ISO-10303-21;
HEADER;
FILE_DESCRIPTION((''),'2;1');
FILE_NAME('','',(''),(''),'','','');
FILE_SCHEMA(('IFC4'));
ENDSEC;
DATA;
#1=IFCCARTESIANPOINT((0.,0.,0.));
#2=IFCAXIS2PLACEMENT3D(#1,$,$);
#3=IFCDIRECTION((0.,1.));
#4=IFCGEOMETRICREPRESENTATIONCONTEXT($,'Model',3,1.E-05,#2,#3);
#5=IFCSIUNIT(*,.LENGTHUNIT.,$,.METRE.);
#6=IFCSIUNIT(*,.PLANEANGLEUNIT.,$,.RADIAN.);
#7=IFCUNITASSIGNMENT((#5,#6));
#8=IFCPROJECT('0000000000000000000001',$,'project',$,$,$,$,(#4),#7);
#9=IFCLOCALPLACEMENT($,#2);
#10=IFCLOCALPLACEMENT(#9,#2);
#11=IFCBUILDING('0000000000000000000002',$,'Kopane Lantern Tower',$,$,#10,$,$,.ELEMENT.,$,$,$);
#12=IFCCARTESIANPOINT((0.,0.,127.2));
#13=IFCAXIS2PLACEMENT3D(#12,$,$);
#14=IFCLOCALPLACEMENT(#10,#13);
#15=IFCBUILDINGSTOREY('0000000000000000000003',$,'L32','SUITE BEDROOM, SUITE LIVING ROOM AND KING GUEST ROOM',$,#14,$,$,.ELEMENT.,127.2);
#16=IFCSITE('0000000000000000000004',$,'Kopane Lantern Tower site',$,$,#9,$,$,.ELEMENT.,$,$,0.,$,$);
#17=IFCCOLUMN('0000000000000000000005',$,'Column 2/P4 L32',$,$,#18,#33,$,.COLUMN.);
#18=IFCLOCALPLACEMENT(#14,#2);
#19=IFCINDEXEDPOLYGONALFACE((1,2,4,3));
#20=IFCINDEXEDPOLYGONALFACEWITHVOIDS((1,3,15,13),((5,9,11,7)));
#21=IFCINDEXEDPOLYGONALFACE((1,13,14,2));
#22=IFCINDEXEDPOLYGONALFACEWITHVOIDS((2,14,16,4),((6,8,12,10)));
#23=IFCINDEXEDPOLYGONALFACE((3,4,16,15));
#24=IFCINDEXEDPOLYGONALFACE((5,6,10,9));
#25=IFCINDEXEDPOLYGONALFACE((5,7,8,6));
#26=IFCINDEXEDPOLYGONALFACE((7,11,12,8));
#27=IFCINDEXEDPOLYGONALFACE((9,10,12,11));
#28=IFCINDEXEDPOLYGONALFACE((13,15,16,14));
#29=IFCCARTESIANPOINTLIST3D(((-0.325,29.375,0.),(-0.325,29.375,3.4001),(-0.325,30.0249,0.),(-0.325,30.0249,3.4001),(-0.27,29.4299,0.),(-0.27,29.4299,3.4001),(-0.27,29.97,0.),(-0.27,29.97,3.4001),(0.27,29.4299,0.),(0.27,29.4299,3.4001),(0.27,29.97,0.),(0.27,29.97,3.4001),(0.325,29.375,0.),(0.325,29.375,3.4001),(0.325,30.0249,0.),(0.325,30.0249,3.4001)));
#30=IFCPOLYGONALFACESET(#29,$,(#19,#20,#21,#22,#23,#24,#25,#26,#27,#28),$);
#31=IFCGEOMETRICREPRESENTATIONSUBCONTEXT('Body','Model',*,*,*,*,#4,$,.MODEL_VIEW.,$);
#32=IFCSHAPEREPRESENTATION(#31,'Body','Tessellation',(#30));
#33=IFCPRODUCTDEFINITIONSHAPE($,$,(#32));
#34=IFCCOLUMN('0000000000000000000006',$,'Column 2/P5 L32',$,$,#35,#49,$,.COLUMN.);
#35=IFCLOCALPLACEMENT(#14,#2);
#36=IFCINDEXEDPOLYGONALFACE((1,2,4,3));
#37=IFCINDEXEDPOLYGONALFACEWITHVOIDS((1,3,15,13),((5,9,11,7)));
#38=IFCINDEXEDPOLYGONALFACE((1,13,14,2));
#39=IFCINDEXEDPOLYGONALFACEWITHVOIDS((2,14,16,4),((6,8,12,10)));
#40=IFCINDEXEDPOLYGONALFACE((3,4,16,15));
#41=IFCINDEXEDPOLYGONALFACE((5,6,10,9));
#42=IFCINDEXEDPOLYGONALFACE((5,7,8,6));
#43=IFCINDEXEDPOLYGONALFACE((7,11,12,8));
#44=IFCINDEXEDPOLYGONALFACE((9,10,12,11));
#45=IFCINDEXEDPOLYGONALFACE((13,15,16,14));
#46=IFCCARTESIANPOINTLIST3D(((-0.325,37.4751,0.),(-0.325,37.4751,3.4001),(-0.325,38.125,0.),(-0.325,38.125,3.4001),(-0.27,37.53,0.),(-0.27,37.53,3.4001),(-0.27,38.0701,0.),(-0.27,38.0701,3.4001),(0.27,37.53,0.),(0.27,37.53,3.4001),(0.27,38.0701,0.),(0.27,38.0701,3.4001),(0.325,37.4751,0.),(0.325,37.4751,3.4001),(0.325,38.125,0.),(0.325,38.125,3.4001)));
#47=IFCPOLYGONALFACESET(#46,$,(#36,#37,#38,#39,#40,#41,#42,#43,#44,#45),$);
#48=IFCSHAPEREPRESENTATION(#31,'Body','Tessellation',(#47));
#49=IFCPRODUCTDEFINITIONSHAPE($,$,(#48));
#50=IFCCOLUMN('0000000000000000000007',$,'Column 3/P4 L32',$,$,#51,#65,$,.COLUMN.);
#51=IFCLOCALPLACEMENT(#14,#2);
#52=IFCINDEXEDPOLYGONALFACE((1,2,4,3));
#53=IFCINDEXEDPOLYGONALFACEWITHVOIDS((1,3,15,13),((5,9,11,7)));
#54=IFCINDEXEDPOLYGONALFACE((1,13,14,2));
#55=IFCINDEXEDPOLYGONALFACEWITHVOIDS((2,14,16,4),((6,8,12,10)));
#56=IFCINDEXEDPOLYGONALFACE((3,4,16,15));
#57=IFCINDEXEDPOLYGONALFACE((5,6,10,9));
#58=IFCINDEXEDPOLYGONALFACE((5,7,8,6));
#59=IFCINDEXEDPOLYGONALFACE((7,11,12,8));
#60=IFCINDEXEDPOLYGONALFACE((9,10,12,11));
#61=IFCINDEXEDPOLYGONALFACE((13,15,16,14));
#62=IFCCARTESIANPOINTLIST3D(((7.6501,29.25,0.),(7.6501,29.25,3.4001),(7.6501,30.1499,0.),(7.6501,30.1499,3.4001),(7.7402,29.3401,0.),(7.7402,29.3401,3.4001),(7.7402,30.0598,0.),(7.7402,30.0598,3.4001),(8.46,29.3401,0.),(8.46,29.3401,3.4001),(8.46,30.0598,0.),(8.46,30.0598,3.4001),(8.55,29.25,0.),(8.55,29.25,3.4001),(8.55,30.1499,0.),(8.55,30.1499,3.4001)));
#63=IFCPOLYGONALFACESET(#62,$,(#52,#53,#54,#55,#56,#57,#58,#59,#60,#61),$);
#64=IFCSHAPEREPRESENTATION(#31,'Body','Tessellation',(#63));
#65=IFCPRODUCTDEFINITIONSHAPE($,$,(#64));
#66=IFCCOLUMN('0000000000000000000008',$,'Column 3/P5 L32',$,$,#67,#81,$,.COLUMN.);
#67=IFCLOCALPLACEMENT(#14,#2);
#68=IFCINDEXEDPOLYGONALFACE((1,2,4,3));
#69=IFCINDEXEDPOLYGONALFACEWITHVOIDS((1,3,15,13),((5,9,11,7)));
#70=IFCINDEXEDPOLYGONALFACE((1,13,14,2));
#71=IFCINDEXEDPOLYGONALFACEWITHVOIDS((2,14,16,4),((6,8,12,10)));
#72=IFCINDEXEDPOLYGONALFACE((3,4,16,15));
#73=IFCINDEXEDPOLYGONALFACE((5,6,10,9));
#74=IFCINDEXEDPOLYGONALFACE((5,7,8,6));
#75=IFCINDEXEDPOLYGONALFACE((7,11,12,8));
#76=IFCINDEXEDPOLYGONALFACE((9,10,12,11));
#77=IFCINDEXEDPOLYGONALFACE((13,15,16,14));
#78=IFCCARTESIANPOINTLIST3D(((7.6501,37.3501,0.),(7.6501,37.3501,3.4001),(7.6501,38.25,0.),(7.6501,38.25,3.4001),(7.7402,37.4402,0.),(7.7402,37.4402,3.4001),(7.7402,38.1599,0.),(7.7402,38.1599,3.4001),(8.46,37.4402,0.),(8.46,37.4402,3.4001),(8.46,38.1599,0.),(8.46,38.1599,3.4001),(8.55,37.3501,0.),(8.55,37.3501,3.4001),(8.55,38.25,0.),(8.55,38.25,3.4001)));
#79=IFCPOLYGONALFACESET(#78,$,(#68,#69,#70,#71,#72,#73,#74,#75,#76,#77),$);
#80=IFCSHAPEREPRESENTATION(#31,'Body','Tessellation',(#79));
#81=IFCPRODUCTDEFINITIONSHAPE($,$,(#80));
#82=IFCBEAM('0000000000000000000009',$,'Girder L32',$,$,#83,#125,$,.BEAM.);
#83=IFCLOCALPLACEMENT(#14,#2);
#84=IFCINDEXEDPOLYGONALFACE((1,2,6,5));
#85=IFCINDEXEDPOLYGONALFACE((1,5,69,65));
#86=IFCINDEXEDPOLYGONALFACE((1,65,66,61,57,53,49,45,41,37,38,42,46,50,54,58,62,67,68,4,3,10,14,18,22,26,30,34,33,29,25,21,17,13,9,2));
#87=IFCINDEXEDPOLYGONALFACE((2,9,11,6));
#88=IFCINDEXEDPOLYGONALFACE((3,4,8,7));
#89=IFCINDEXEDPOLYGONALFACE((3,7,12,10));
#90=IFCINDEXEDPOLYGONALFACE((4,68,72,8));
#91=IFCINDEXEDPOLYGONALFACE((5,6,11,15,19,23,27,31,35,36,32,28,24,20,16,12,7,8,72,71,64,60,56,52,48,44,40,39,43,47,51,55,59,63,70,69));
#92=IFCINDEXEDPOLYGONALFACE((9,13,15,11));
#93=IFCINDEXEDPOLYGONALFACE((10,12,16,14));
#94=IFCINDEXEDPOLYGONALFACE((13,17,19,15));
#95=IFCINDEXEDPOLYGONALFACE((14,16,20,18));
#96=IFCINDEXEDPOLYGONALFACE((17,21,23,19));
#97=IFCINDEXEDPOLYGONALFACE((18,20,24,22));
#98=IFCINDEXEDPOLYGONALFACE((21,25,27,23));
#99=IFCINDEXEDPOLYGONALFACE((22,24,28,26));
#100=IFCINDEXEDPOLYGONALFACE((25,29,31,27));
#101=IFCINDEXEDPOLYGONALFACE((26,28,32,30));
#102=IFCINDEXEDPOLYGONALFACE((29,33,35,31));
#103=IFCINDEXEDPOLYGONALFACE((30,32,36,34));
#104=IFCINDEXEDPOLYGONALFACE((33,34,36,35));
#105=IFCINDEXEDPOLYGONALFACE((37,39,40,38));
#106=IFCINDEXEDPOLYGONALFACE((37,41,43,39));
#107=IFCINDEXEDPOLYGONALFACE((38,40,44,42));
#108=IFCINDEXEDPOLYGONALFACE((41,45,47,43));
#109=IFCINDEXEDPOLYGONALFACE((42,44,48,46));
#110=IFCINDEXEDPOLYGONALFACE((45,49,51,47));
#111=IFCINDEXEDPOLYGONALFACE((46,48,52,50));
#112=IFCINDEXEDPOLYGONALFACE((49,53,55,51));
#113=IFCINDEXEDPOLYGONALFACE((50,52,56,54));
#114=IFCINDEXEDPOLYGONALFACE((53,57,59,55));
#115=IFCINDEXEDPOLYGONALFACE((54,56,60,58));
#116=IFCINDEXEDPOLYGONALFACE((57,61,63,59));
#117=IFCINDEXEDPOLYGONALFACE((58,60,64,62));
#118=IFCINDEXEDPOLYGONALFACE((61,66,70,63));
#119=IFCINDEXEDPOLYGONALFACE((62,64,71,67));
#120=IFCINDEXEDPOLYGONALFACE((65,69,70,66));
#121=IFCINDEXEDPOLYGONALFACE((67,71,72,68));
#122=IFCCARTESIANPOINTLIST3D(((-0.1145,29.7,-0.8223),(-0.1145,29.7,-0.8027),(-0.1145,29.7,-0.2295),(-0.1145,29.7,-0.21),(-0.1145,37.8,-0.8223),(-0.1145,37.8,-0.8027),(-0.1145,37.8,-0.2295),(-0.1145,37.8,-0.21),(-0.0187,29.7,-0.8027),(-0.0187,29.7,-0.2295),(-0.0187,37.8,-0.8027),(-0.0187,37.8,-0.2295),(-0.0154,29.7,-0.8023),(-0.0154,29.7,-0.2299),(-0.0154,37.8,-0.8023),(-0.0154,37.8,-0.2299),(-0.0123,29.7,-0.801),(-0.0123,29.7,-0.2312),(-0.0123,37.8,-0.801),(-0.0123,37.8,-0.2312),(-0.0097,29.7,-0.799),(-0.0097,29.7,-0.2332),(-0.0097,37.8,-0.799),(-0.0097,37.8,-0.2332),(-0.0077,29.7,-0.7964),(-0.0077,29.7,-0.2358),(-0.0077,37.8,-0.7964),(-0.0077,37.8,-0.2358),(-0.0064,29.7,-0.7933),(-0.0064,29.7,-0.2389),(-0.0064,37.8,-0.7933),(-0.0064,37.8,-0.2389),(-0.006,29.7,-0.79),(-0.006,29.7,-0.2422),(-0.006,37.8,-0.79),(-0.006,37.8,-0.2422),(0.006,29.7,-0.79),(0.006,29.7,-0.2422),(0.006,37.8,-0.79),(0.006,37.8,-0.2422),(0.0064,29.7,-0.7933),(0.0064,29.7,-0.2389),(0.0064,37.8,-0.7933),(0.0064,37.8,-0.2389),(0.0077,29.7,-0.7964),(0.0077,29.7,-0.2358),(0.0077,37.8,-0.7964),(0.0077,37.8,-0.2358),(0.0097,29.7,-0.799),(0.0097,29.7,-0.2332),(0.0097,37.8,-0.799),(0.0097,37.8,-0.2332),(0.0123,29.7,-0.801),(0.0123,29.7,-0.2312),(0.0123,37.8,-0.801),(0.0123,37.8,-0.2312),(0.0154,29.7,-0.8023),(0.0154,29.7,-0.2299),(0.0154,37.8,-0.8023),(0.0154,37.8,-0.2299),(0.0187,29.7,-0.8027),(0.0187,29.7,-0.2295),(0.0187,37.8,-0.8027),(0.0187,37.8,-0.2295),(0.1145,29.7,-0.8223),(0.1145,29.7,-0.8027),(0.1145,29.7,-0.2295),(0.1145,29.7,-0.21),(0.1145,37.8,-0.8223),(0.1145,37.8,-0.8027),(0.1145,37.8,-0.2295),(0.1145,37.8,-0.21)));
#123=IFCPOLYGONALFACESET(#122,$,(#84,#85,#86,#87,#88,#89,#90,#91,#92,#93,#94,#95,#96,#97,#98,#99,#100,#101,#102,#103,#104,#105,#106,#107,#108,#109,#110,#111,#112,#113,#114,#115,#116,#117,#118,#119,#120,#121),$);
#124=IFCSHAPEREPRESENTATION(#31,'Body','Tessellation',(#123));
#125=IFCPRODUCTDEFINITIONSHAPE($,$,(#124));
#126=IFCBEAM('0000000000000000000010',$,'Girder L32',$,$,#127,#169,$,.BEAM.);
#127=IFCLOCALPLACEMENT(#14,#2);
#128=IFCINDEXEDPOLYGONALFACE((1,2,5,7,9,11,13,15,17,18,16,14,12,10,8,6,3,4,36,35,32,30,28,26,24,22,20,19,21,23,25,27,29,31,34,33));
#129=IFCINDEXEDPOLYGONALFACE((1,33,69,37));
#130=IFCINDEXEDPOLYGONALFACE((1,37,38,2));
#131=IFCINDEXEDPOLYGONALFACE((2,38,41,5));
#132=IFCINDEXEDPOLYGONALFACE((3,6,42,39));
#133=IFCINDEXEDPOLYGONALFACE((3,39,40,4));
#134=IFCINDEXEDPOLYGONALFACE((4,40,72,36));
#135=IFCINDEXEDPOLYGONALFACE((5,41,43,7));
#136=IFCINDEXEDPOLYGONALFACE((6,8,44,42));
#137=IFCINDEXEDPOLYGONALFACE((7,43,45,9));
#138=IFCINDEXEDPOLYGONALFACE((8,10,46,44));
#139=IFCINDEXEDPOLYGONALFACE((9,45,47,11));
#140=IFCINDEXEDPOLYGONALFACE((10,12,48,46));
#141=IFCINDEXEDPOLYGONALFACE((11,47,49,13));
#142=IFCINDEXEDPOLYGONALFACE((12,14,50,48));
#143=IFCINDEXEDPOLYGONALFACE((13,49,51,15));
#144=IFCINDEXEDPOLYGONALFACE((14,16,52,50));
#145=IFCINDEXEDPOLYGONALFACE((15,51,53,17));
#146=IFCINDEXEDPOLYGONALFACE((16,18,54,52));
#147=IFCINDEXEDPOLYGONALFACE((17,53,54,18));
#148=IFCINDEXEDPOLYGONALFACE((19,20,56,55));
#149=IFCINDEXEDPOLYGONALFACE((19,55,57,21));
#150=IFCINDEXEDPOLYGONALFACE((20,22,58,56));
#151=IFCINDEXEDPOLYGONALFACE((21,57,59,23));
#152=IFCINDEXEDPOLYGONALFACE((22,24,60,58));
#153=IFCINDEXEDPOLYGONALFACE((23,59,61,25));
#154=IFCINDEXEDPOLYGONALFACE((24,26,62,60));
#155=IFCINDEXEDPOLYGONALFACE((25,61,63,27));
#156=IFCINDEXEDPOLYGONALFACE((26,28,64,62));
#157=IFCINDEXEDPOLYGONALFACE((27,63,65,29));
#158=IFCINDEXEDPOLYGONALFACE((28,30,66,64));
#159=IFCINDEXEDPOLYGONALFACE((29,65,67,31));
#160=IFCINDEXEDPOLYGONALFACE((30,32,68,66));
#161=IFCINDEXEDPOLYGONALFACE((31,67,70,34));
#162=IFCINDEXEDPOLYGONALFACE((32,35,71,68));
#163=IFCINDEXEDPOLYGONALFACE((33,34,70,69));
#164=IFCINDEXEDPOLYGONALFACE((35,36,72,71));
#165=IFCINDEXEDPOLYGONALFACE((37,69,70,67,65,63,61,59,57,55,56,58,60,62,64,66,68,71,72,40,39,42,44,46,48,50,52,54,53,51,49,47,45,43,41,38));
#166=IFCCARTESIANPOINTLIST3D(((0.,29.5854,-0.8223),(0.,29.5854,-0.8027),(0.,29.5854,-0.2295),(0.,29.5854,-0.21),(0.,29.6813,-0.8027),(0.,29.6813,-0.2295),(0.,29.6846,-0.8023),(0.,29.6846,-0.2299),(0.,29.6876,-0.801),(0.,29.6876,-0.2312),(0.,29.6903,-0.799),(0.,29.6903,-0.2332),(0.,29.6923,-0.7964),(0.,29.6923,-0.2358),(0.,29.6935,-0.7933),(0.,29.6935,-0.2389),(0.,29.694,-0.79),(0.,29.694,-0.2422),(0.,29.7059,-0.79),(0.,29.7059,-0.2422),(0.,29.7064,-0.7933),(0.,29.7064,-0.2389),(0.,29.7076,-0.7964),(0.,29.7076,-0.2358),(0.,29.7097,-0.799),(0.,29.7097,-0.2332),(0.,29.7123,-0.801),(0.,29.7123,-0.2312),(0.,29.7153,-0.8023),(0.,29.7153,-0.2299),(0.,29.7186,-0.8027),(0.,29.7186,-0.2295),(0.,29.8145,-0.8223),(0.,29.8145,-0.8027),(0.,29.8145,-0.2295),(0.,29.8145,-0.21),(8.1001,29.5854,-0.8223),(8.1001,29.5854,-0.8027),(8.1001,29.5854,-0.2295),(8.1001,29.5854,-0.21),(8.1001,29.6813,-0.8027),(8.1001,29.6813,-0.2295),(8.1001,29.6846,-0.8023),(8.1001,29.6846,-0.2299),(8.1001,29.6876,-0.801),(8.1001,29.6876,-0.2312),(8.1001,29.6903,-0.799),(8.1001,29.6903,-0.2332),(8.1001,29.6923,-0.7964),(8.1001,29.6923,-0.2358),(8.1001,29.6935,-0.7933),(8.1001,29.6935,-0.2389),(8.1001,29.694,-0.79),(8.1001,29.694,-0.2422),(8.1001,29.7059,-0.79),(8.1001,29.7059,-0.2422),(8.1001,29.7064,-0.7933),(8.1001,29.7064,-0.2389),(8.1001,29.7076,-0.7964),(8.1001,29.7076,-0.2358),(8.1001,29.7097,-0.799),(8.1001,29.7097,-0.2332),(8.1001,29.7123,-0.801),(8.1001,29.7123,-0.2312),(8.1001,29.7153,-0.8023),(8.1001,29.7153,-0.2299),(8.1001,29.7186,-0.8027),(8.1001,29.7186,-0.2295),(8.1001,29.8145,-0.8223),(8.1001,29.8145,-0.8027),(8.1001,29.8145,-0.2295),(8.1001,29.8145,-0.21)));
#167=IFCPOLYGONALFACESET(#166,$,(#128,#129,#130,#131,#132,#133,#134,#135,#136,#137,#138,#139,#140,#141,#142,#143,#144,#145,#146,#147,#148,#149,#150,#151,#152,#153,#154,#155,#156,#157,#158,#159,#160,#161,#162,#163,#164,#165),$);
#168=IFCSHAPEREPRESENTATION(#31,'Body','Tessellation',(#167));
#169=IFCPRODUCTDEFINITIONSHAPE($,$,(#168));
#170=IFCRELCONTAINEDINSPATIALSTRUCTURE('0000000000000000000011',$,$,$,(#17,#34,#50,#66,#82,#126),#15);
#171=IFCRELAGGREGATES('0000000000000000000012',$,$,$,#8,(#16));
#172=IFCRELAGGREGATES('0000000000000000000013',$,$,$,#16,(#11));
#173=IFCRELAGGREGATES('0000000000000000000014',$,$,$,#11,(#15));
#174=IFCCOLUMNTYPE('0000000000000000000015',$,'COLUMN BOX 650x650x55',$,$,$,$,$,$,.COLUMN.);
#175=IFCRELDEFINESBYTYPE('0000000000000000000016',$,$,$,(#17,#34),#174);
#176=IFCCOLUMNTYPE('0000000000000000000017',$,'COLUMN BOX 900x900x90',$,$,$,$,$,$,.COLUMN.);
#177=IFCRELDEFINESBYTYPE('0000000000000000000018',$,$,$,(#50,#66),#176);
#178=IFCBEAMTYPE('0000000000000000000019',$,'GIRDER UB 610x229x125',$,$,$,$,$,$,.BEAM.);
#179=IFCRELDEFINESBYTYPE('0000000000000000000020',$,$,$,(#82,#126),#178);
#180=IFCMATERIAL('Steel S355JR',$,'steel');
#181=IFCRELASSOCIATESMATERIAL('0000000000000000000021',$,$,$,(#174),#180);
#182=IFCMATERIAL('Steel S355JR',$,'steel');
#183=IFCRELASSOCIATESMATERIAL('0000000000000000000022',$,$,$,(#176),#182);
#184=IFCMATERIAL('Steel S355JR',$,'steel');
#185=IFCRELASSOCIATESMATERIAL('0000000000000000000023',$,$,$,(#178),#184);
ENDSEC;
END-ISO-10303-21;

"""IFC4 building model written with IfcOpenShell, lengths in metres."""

from ifc_helpers import new_model, si_unit, direction, frame, origin, origin_2d, place, context, subcontext, project, spatial, hollow_rectangle, i_section, extrude, material, material_profile, profile_set, type_object, element, save


model = new_model("IFC4")

# Units and contexts
model_context = context("Model", 3, precision=1e-05, world=origin(), true_north=direction((0.0, 1.0)))
body_context = subcontext(model_context, "Body", "Model", "MODEL_VIEW")
ifc_project = project(units=[si_unit("LENGTHUNIT", "METRE"), si_unit("PLANEANGLEUNIT", "RADIAN")], contexts=[model_context])

# Site, building, storey
site_placement = place(None, origin())
site = spatial("IfcSite", under=ifc_project, at=site_placement, Name="Kopane Lantern Tower site", CompositionType="ELEMENT", RefElevation=0.0)
building_placement = place(site_placement, origin())
building = spatial("IfcBuilding", under=site, at=building_placement, Name="Kopane Lantern Tower", CompositionType="ELEMENT")
storey_placement = place(building_placement, frame((0.0, 0.0, 127.2)))
storey = spatial("IfcBuildingStorey", under=building, at=storey_placement, Name="L32", Description="SUITE BEDROOM, SUITE LIVING ROOM AND KING GUEST ROOM", CompositionType="ELEMENT", Elevation=127.2)

# Columns
ifc_material_1 = material(Name="Steel S355JR", Category="steel")
ifc_material_profile_1 = material_profile(ifc_material_1, hollow_rectangle(XDim=0.6499, YDim=0.6499, WallThickness=0.0549, at=origin_2d()), Name="BOX 650x650x55")
ifc_profile_set_1 = profile_set([ifc_material_profile_1], Name="Steel S355JR")
column_type_1 = type_object("IfcColumnType", Name="COLUMN BOX 650x650x55", PredefinedType="COLUMN", material=ifc_profile_set_1)
for number, where, z_axis, x_axis, name in (
    (1, (0.0, 29.7, 0.0), (0.0, 0.0, 1.0), (1.0, 0.0, 0.0), "Column 2/P4 L32"),
    (2, (0.0, 37.8, 0.0), (0.0, 0.0, 1.0), (1.0, 0.0, 0.0), "Column 2/P5 L32"),
):
    element("IfcColumn", number, at=place(storey_placement, frame(where, z_axis=z_axis, x_axis=x_axis)), inside=storey, type_object=column_type_1, Name=name, PredefinedType="COLUMN", context=body_context, shape_type="SweptSolid", body=[
        extrude(hollow_rectangle(XDim=0.6499, YDim=0.6499, WallThickness=0.0549, at=origin_2d()), origin(), (0.0, 0.0, 1.0), 3.4001),
    ])
ifc_material_2 = material(Name="Steel S355JR", Category="steel")
ifc_material_profile_2 = material_profile(ifc_material_2, hollow_rectangle(XDim=0.8999, YDim=0.8999, WallThickness=0.0901, at=origin_2d()), Name="BOX 900x900x90")
ifc_profile_set_2 = profile_set([ifc_material_profile_2], Name="Steel S355JR")
column_type_2 = type_object("IfcColumnType", Name="COLUMN BOX 900x900x90", PredefinedType="COLUMN", material=ifc_profile_set_2)
for number, where, z_axis, x_axis, name in (
    (3, (8.1001, 29.7, 0.0), (0.0, 0.0, 1.0), (1.0, 0.0, 0.0), "Column 3/P4 L32"),
    (4, (8.1001, 37.8, 0.0), (0.0, 0.0, 1.0), (1.0, 0.0, 0.0), "Column 3/P5 L32"),
):
    element("IfcColumn", number, at=place(storey_placement, frame(where, z_axis=z_axis, x_axis=x_axis)), inside=storey, type_object=column_type_2, Name=name, PredefinedType="COLUMN", context=body_context, shape_type="SweptSolid", body=[
        extrude(hollow_rectangle(XDim=0.8999, YDim=0.8999, WallThickness=0.0901, at=origin_2d()), origin(), (0.0, 0.0, 1.0), 3.4001),
    ])

# Beams
ifc_material_3 = material(Name="Steel S355JR", Category="steel")
ifc_material_profile_3 = material_profile(ifc_material_3, i_section(OverallWidth=0.229, OverallDepth=0.6123, WebThickness=0.012, FlangeThickness=0.0195, FilletRadius=0.0127, at=origin_2d()), Name="UB 610x229x125")
ifc_profile_set_3 = profile_set([ifc_material_profile_3], Name="Steel S355JR")
beam_type = type_object("IfcBeamType", Name="GIRDER UB 610x229x125", PredefinedType="BEAM", material=ifc_profile_set_3)
for number, where, z_axis, x_axis, name in (
    (5, (0.0, 29.7, -0.5161), (0.0, 1.0, 0.0), (-1.0, 0.0, 0.0), "Girder L32"),
    (6, (0.0, 29.7, -0.5161), (1.0, 0.0, 0.0), (0.0, 1.0, 0.0), "Girder L32"),
):
    element("IfcBeam", number, at=place(storey_placement, frame(where, z_axis=z_axis, x_axis=x_axis)), inside=storey, type_object=beam_type, Name=name, PredefinedType="BEAM", context=body_context, shape_type="SweptSolid", body=[
        extrude(i_section(OverallWidth=0.229, OverallDepth=0.6123, WebThickness=0.012, FlangeThickness=0.0195, FilletRadius=0.0127, at=origin_2d()), origin(), (0.0, 0.0, 1.0), 8.1001),
    ])

save(model, "model.ifc")
